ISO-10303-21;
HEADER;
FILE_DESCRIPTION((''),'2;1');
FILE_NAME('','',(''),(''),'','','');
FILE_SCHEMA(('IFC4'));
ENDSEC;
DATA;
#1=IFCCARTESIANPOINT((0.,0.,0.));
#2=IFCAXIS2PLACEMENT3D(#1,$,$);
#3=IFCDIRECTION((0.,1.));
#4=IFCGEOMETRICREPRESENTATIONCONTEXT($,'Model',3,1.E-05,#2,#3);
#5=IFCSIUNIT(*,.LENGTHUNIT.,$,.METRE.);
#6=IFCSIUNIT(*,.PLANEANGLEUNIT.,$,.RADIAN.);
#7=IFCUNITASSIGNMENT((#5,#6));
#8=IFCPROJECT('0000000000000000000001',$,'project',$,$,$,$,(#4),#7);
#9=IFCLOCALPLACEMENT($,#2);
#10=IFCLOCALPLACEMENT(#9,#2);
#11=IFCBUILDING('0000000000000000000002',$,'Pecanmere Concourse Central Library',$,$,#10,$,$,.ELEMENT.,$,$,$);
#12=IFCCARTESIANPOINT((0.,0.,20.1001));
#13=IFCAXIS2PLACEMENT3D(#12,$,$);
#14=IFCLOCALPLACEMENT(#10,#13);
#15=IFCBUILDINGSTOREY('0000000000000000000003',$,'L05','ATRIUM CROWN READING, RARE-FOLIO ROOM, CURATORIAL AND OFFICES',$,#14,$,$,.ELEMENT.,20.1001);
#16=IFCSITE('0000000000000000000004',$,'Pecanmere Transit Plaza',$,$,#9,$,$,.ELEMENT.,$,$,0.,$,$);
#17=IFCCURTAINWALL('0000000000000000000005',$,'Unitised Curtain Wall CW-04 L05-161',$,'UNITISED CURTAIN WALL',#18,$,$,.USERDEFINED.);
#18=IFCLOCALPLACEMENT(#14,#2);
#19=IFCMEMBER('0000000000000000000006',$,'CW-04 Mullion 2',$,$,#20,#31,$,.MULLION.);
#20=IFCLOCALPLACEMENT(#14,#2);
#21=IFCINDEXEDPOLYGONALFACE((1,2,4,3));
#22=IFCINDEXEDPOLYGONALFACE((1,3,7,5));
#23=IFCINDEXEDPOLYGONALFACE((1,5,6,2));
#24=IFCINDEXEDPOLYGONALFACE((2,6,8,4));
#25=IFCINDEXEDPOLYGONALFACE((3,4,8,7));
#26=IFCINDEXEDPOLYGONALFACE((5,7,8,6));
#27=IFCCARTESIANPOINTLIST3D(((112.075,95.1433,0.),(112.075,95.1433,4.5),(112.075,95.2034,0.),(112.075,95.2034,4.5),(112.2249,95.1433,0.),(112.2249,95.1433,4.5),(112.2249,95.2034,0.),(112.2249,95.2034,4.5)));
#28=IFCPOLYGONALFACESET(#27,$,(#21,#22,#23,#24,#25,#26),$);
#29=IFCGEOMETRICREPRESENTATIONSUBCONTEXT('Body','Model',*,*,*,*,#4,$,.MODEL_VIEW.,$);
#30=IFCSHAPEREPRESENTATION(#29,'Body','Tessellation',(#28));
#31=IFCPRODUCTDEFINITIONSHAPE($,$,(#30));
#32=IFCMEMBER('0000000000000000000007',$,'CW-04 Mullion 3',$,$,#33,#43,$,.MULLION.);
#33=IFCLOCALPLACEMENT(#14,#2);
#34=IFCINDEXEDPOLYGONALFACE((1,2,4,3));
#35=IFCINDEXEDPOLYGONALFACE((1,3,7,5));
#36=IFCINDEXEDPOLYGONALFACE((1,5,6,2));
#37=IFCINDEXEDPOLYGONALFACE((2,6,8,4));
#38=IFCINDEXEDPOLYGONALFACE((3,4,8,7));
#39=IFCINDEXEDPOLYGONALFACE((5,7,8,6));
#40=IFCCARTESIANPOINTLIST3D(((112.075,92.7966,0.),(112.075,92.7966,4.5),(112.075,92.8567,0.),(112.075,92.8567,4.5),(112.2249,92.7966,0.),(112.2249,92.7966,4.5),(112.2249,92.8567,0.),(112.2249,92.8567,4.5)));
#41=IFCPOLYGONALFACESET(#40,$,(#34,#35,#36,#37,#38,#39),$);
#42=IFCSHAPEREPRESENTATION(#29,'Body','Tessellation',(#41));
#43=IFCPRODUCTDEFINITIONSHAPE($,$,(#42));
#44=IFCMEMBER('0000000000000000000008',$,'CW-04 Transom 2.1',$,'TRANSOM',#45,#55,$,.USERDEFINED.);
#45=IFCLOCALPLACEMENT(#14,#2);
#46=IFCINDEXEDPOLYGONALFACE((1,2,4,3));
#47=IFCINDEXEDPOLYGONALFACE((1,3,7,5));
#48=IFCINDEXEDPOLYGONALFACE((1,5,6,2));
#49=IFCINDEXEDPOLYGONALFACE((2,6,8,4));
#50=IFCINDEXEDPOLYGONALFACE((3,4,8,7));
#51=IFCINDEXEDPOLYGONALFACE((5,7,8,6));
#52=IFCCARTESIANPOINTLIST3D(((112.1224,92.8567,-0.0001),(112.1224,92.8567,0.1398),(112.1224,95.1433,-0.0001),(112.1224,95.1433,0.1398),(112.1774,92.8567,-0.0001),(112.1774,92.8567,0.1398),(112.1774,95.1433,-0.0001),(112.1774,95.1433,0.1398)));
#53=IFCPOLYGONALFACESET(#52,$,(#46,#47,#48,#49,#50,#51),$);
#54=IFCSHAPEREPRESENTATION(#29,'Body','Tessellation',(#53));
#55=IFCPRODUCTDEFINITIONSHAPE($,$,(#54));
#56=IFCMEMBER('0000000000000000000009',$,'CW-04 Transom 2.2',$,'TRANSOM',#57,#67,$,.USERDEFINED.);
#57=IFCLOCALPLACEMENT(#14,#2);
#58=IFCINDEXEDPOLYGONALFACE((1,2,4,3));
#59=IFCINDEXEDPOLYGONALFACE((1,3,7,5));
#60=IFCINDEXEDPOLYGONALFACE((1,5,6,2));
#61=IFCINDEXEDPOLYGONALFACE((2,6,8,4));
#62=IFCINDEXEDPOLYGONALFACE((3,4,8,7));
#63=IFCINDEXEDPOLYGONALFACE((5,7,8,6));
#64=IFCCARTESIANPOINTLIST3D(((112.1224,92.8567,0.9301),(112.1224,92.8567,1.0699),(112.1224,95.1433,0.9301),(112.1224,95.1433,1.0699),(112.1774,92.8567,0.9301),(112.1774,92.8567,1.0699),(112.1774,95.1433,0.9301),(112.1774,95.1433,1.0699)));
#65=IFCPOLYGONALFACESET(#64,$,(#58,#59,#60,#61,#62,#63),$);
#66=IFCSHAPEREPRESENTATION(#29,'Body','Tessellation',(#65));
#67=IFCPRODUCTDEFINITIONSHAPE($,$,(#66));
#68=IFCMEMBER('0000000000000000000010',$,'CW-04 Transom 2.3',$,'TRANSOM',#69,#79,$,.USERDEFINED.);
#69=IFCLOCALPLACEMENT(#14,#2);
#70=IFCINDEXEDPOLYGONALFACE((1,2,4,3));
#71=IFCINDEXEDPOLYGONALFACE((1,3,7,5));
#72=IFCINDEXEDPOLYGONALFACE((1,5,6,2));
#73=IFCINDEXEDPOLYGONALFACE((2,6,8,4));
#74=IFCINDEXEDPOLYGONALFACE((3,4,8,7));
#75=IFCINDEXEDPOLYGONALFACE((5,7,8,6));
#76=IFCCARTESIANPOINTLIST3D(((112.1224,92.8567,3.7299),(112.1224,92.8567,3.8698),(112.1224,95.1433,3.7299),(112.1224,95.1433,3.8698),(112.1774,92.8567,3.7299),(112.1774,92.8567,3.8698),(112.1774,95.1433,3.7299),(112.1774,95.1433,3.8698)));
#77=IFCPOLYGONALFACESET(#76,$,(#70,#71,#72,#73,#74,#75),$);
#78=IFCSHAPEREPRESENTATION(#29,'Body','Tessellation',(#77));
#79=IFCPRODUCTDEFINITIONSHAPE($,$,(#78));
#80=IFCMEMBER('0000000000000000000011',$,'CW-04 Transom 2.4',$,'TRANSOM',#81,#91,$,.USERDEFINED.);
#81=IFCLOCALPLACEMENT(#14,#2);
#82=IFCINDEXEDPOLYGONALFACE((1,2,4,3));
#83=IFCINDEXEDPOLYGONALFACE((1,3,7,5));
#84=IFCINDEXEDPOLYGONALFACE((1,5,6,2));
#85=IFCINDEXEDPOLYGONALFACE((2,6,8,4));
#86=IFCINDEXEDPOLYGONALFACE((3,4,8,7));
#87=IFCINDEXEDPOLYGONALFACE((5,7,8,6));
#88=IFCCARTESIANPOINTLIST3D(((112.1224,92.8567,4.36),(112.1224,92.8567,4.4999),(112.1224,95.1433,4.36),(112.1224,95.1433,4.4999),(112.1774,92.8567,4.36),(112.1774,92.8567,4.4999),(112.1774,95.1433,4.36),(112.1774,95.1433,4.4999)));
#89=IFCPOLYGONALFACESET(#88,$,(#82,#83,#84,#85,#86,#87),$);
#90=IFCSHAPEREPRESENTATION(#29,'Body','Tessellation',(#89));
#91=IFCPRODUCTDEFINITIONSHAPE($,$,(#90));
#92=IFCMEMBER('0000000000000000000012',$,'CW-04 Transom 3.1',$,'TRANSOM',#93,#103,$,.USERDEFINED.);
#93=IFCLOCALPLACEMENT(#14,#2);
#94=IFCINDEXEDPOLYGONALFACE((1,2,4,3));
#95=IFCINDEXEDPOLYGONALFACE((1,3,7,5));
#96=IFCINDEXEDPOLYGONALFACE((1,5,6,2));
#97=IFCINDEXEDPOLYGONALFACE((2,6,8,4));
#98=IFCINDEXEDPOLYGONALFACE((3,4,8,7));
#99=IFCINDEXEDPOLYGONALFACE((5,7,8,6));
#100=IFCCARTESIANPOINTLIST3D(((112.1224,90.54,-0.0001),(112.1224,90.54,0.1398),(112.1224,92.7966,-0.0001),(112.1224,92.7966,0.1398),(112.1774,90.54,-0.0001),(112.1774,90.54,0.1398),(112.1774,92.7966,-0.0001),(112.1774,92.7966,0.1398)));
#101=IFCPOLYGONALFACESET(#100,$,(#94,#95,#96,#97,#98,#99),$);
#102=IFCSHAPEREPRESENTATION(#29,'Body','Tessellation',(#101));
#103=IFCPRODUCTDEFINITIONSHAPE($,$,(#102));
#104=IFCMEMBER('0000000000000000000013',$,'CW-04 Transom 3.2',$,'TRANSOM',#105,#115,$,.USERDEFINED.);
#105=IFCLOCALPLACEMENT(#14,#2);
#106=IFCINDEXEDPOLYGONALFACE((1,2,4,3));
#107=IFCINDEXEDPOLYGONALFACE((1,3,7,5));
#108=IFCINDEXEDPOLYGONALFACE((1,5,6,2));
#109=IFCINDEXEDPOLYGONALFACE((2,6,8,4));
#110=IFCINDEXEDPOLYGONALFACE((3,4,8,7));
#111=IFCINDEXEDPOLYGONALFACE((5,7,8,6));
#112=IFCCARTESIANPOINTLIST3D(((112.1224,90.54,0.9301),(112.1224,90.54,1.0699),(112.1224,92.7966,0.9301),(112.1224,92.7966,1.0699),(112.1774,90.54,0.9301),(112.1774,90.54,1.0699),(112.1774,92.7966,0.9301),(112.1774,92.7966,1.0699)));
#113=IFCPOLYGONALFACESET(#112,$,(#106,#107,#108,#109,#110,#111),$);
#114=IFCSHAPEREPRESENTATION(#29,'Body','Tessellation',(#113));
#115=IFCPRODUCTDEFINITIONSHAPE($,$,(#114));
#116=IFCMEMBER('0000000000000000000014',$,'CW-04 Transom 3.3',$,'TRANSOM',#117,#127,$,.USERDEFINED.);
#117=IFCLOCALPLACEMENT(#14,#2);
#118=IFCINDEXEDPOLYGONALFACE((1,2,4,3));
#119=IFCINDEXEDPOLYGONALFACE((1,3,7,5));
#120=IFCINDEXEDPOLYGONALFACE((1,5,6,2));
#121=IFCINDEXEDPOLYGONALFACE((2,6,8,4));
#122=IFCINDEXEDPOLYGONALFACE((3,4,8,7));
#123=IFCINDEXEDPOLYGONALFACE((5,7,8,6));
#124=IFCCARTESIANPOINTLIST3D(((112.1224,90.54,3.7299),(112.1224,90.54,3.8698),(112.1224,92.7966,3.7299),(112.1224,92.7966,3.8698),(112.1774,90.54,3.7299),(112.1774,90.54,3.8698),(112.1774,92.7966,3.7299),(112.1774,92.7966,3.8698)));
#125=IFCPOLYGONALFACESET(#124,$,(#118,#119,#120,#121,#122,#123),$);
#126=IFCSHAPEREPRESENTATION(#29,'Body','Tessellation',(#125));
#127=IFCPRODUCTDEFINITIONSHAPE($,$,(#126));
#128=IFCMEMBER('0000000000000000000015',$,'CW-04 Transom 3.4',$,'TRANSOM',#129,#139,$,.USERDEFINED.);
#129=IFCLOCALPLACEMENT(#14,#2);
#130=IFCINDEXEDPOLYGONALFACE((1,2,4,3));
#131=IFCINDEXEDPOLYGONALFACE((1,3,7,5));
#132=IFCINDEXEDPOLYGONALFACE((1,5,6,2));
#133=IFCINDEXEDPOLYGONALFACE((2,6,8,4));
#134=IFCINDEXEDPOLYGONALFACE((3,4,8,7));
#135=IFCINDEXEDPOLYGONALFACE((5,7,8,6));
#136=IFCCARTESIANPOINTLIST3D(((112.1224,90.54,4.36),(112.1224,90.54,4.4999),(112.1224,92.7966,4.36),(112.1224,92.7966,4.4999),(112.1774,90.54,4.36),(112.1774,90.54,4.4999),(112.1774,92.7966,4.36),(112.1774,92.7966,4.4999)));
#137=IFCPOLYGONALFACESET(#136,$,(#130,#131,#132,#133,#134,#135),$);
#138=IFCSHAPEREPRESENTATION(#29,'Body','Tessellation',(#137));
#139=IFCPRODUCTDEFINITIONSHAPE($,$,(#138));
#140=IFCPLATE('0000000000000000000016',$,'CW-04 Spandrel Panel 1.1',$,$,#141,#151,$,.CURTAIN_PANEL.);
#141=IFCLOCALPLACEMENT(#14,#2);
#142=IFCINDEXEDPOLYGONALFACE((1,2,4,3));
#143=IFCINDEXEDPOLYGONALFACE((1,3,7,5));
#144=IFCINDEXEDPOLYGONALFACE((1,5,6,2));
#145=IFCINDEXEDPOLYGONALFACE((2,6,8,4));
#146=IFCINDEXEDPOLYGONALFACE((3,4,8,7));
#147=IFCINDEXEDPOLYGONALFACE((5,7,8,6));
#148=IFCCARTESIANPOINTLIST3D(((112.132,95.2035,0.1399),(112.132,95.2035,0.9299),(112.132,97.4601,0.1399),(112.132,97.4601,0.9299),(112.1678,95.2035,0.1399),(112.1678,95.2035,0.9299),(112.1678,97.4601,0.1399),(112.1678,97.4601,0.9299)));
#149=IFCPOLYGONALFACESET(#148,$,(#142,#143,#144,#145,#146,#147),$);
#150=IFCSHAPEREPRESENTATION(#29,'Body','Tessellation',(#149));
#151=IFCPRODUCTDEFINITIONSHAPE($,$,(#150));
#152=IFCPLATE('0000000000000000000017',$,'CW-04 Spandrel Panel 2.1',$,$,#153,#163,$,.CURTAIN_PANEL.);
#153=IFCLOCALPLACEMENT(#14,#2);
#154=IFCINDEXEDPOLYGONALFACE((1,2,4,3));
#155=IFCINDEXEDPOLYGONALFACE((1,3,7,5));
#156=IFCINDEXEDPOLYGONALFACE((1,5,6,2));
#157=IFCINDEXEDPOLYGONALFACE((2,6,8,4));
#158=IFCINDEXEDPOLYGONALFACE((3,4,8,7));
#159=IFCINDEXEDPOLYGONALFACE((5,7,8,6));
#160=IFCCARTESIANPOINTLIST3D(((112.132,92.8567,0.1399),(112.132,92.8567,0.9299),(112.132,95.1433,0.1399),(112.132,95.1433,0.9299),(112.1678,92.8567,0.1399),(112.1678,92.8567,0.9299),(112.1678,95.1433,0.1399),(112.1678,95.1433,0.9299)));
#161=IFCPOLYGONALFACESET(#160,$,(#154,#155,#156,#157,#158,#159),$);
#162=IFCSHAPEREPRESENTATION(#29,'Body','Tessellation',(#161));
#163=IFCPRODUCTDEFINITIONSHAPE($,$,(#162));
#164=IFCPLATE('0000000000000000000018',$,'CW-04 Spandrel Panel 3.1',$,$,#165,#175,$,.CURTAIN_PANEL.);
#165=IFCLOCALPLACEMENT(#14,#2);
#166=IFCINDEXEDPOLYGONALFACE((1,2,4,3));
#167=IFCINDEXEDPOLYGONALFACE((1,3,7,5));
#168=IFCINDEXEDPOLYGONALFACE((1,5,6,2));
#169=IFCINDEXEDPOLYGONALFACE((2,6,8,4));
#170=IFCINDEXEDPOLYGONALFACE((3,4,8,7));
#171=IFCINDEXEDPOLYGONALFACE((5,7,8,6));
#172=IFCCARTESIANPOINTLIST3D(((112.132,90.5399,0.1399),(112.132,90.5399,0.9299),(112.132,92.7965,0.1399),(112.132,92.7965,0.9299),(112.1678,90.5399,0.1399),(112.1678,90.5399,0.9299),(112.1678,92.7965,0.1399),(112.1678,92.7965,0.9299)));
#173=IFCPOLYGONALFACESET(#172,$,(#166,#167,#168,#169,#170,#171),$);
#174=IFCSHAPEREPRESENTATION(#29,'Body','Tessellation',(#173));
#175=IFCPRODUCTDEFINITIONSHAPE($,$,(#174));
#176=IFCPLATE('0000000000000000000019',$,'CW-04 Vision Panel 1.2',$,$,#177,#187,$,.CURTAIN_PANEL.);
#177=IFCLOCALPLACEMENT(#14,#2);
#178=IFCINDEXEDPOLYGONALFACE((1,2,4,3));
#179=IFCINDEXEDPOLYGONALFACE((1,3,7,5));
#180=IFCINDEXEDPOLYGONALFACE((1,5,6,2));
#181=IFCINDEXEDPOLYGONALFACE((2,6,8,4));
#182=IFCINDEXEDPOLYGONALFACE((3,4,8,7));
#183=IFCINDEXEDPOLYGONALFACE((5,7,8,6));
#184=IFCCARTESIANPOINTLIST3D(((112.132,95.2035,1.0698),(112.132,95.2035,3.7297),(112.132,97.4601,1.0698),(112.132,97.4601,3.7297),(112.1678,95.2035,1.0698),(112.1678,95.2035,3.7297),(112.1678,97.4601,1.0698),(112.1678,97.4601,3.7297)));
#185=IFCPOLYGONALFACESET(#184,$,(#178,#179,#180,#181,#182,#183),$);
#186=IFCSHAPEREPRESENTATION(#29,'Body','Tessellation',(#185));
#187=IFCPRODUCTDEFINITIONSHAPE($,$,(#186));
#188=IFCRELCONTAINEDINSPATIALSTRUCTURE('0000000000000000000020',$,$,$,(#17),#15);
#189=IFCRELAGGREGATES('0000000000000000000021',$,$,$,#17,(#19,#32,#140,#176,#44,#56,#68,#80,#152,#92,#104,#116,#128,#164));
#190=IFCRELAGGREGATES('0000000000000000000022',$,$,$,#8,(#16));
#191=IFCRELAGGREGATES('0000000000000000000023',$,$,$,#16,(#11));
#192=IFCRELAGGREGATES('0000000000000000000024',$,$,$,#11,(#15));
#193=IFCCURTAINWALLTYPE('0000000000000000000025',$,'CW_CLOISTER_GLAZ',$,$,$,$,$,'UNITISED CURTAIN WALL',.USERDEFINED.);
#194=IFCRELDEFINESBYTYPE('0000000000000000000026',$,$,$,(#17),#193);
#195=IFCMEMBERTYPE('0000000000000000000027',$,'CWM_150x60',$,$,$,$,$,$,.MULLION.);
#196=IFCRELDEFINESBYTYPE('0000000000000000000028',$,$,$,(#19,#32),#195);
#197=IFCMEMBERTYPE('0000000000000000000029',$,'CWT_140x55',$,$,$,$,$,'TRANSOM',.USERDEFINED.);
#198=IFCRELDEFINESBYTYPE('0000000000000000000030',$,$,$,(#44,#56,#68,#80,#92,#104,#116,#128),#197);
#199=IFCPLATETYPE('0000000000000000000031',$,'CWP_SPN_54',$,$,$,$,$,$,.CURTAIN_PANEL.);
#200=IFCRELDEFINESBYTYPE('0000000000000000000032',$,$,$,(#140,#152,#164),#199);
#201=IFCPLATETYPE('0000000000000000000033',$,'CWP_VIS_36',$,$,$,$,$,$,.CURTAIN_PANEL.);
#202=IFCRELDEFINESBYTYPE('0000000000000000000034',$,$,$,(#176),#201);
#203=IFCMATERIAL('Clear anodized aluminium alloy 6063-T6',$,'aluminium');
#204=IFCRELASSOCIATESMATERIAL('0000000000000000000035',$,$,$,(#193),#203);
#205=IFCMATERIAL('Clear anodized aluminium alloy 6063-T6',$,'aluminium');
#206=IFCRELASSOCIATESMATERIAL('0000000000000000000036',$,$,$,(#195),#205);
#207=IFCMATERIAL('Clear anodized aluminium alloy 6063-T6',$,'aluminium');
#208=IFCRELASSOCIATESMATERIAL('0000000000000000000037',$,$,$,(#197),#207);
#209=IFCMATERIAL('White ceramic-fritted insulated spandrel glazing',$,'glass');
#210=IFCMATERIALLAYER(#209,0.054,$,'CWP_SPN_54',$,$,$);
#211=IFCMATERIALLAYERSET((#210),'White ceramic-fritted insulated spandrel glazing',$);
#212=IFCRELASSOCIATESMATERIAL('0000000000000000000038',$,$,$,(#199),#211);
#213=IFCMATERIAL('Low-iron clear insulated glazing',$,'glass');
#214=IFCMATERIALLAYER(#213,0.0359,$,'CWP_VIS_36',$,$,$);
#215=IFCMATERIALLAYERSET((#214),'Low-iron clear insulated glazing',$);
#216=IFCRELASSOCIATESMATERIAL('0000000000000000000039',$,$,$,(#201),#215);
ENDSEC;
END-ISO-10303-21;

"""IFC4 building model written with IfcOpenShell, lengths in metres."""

from ifc_helpers import new_model, si_unit, direction, frame, origin, origin_2d, place, context, subcontext, project, spatial, rectangle, extrude, material, layer, layer_set, material_profile, profile_set, type_object, element, aggregate, save


model = new_model("IFC4")

# Units and contexts
model_context = context("Model", 3, precision=1e-05, world=origin(), true_north=direction((0.0, 1.0)))
body_context = subcontext(model_context, "Body", "Model", "MODEL_VIEW")
ifc_project = project(units=[si_unit("LENGTHUNIT", "METRE"), si_unit("PLANEANGLEUNIT", "RADIAN")], contexts=[model_context])

# Site, building, storey
site_placement = place(None, origin())
site = spatial("IfcSite", under=ifc_project, at=site_placement, Name="Pecanmere Transit Plaza", CompositionType="ELEMENT", RefElevation=0.0)
building_placement = place(site_placement, origin())
building = spatial("IfcBuilding", under=site, at=building_placement, Name="Pecanmere Concourse Central Library", CompositionType="ELEMENT")
storey_placement = place(building_placement, frame((0.0, 0.0, 20.1001)))
storey = spatial("IfcBuildingStorey", under=building, at=storey_placement, Name="L05", Description="ATRIUM CROWN READING, RARE-FOLIO ROOM, CURATORIAL AND OFFICES", CompositionType="ELEMENT", Elevation=20.1001)

# Curtain wall, members, plates
ifc_material_1 = material(Name="Clear anodized aluminium alloy 6063-T6", Category="aluminium")
curtain_wall_type = type_object("IfcCurtainWallType", Name="CW_CLOISTER_GLAZ", ElementType="UNITISED CURTAIN WALL", PredefinedType="USERDEFINED", material=ifc_material_1)
curtain_wall_placement = place(storey_placement, origin())
curtain_wall = element("IfcCurtainWall", 1, at=curtain_wall_placement, inside=storey, type_object=curtain_wall_type, Name="Unitised Curtain Wall CW-04 L05-161", ObjectType="UNITISED CURTAIN WALL", PredefinedType="USERDEFINED")
ifc_material_2 = material(Name="Clear anodized aluminium alloy 6063-T6", Category="aluminium")
ifc_material_profile_1 = material_profile(ifc_material_2, rectangle(XDim=0.0601, YDim=0.1499, at=origin_2d()), Name="AL 60x150")
ifc_profile_set_1 = profile_set([ifc_material_profile_1], Name="Clear anodized aluminium alloy 6063-T6")
member_type_1 = type_object("IfcMemberType", Name="CWM_150x60", PredefinedType="MULLION", material=ifc_profile_set_1)
member_1_placement = place(storey_placement, frame((112.1499, 95.1733, 0.0), z_axis=(0.0, 0.0, 1.0), x_axis=(0.0, -1.0, 0.0)))
member_1 = element("IfcMember", 2, at=member_1_placement, type_object=member_type_1, Name="CW-04 Mullion 2", PredefinedType="MULLION", context=body_context, shape_type="SweptSolid", body=[
    extrude(rectangle(XDim=0.0601, YDim=0.1499, at=origin_2d()), origin(), (0.0, 0.0, 1.0), 4.5),
])
member_2_placement = place(storey_placement, frame((112.1499, 92.8267, 0.0), z_axis=(0.0, 0.0, 1.0), x_axis=(0.0, -1.0, 0.0)))
member_2 = element("IfcMember", 3, at=member_2_placement, type_object=member_type_1, Name="CW-04 Mullion 3", PredefinedType="MULLION", context=body_context, shape_type="SweptSolid", body=[
    extrude(rectangle(XDim=0.0601, YDim=0.1499, at=origin_2d()), origin(), (0.0, 0.0, 1.0), 4.5),
])
ifc_material_3 = material(Name="Clear anodized aluminium alloy 6063-T6", Category="aluminium")
ifc_material_profile_2 = material_profile(ifc_material_3, rectangle(XDim=0.0549, YDim=0.1399, at=origin_2d()), Name="AL 55x140")
ifc_profile_set_2 = profile_set([ifc_material_profile_2], Name="Clear anodized aluminium alloy 6063-T6")
member_type_2 = type_object("IfcMemberType", Name="CWT_140x55", ElementType="TRANSOM", PredefinedType="USERDEFINED", material=ifc_profile_set_2)
member_3_placement = place(storey_placement, frame((112.1499, 95.1433, 0.0698), z_axis=(0.0, -1.0, 0.0), x_axis=(1.0, 0.0, 0.0)))
member_3 = element("IfcMember", 4, at=member_3_placement, type_object=member_type_2, Name="CW-04 Transom 2.1", ObjectType="TRANSOM", PredefinedType="USERDEFINED", context=body_context, shape_type="SweptSolid", body=[
    extrude(rectangle(XDim=0.0549, YDim=0.1399, at=origin_2d()), origin(), (0.0, 0.0, 1.0), 2.2866),
])
member_4_placement = place(storey_placement, frame((112.1499, 95.1433, 1.0), z_axis=(0.0, -1.0, 0.0), x_axis=(1.0, 0.0, 0.0)))
member_4 = element("IfcMember", 5, at=member_4_placement, type_object=member_type_2, Name="CW-04 Transom 2.2", ObjectType="TRANSOM", PredefinedType="USERDEFINED", context=body_context, shape_type="SweptSolid", body=[
    extrude(rectangle(XDim=0.0549, YDim=0.1399, at=origin_2d()), origin(), (0.0, 0.0, 1.0), 2.2866),
])
member_5_placement = place(storey_placement, frame((112.1499, 95.1433, 3.7998), z_axis=(0.0, -1.0, 0.0), x_axis=(1.0, 0.0, 0.0)))
member_5 = element("IfcMember", 6, at=member_5_placement, type_object=member_type_2, Name="CW-04 Transom 2.3", ObjectType="TRANSOM", PredefinedType="USERDEFINED", context=body_context, shape_type="SweptSolid", body=[
    extrude(rectangle(XDim=0.0549, YDim=0.1399, at=origin_2d()), origin(), (0.0, 0.0, 1.0), 2.2866),
])
member_6_placement = place(storey_placement, frame((112.1499, 95.1433, 4.4299), z_axis=(0.0, -1.0, 0.0), x_axis=(1.0, 0.0, 0.0)))
member_6 = element("IfcMember", 7, at=member_6_placement, type_object=member_type_2, Name="CW-04 Transom 2.4", ObjectType="TRANSOM", PredefinedType="USERDEFINED", context=body_context, shape_type="SweptSolid", body=[
    extrude(rectangle(XDim=0.0549, YDim=0.1399, at=origin_2d()), origin(), (0.0, 0.0, 1.0), 2.2866),
])
member_7_placement = place(storey_placement, frame((112.1499, 92.7966, 0.0698), z_axis=(0.0, -1.0, 0.0), x_axis=(1.0, 0.0, 0.0)))
member_7 = element("IfcMember", 8, at=member_7_placement, type_object=member_type_2, Name="CW-04 Transom 3.1", ObjectType="TRANSOM", PredefinedType="USERDEFINED", context=body_context, shape_type="SweptSolid", body=[
    extrude(rectangle(XDim=0.0549, YDim=0.1399, at=origin_2d()), origin(), (0.0, 0.0, 1.0), 2.2566),
])
member_8_placement = place(storey_placement, frame((112.1499, 92.7966, 1.0), z_axis=(0.0, -1.0, 0.0), x_axis=(1.0, 0.0, 0.0)))
member_8 = element("IfcMember", 9, at=member_8_placement, type_object=member_type_2, Name="CW-04 Transom 3.2", ObjectType="TRANSOM", PredefinedType="USERDEFINED", context=body_context, shape_type="SweptSolid", body=[
    extrude(rectangle(XDim=0.0549, YDim=0.1399, at=origin_2d()), origin(), (0.0, 0.0, 1.0), 2.2566),
])
member_9_placement = place(storey_placement, frame((112.1499, 92.7966, 3.7998), z_axis=(0.0, -1.0, 0.0), x_axis=(1.0, 0.0, 0.0)))
member_9 = element("IfcMember", 10, at=member_9_placement, type_object=member_type_2, Name="CW-04 Transom 3.3", ObjectType="TRANSOM", PredefinedType="USERDEFINED", context=body_context, shape_type="SweptSolid", body=[
    extrude(rectangle(XDim=0.0549, YDim=0.1399, at=origin_2d()), origin(), (0.0, 0.0, 1.0), 2.2566),
])
member_10_placement = place(storey_placement, frame((112.1499, 92.7966, 4.4299), z_axis=(0.0, -1.0, 0.0), x_axis=(1.0, 0.0, 0.0)))
member_10 = element("IfcMember", 11, at=member_10_placement, type_object=member_type_2, Name="CW-04 Transom 3.4", ObjectType="TRANSOM", PredefinedType="USERDEFINED", context=body_context, shape_type="SweptSolid", body=[
    extrude(rectangle(XDim=0.0549, YDim=0.1399, at=origin_2d()), origin(), (0.0, 0.0, 1.0), 2.2566),
])
ifc_material_4 = material(Name="White ceramic-fritted insulated spandrel glazing", Category="glass")
ifc_layer_1 = layer(ifc_material_4, 0.054, Name="CWP_SPN_54")
ifc_layer_set_1 = layer_set([ifc_layer_1], Name="White ceramic-fritted insulated spandrel glazing")
plate_type_1 = type_object("IfcPlateType", Name="CWP_SPN_54", PredefinedType="CURTAIN_PANEL", material=ifc_layer_set_1)
plate_1_placement = place(storey_placement, frame((112.1499, 96.3318, 0.1399), z_axis=(0.0, 0.0, 1.0), x_axis=(0.0, -1.0, 0.0)))
plate_1 = element("IfcPlate", 12, at=plate_1_placement, type_object=plate_type_1, Name="CW-04 Spandrel Panel 1.1", PredefinedType="CURTAIN_PANEL", context=body_context, shape_type="SweptSolid", body=[
    extrude(rectangle(XDim=2.2566, YDim=0.0359, at=origin_2d()), origin(), (0.0, 0.0, 1.0), 0.79),
])
plate_2_placement = place(storey_placement, frame((112.1499, 94.0, 0.1399), z_axis=(0.0, 0.0, 1.0), x_axis=(0.0, -1.0, 0.0)))
plate_2 = element("IfcPlate", 13, at=plate_2_placement, type_object=plate_type_1, Name="CW-04 Spandrel Panel 2.1", PredefinedType="CURTAIN_PANEL", context=body_context, shape_type="SweptSolid", body=[
    extrude(rectangle(XDim=2.2866, YDim=0.0359, at=origin_2d()), origin(), (0.0, 0.0, 1.0), 0.79),
])
plate_3_placement = place(storey_placement, frame((112.1499, 91.6682, 0.1399), z_axis=(0.0, 0.0, 1.0), x_axis=(0.0, -1.0, 0.0)))
plate_3 = element("IfcPlate", 14, at=plate_3_placement, type_object=plate_type_1, Name="CW-04 Spandrel Panel 3.1", PredefinedType="CURTAIN_PANEL", context=body_context, shape_type="SweptSolid", body=[
    extrude(rectangle(XDim=2.2566, YDim=0.0359, at=origin_2d()), origin(), (0.0, 0.0, 1.0), 0.79),
])
ifc_material_5 = material(Name="Low-iron clear insulated glazing", Category="glass")
ifc_layer_2 = layer(ifc_material_5, 0.0359, Name="CWP_VIS_36")
ifc_layer_set_2 = layer_set([ifc_layer_2], Name="Low-iron clear insulated glazing")
plate_type_2 = type_object("IfcPlateType", Name="CWP_VIS_36", PredefinedType="CURTAIN_PANEL", material=ifc_layer_set_2)
plate_4_placement = place(storey_placement, frame((112.1499, 96.3318, 1.0698), z_axis=(0.0, 0.0, 1.0), x_axis=(0.0, -1.0, 0.0)))
plate_4 = element("IfcPlate", 15, at=plate_4_placement, type_object=plate_type_2, Name="CW-04 Vision Panel 1.2", PredefinedType="CURTAIN_PANEL", context=body_context, shape_type="SweptSolid", body=[
    extrude(rectangle(XDim=2.2566, YDim=0.0359, at=origin_2d()), origin(), (0.0, 0.0, 1.0), 2.6599),
])
aggregate(curtain_wall, [member_1, member_2, plate_1, plate_4, member_3, member_4, member_5, member_6, plate_2, member_7, member_8, member_9, member_10, plate_3])

save(model, "model.ifc")
